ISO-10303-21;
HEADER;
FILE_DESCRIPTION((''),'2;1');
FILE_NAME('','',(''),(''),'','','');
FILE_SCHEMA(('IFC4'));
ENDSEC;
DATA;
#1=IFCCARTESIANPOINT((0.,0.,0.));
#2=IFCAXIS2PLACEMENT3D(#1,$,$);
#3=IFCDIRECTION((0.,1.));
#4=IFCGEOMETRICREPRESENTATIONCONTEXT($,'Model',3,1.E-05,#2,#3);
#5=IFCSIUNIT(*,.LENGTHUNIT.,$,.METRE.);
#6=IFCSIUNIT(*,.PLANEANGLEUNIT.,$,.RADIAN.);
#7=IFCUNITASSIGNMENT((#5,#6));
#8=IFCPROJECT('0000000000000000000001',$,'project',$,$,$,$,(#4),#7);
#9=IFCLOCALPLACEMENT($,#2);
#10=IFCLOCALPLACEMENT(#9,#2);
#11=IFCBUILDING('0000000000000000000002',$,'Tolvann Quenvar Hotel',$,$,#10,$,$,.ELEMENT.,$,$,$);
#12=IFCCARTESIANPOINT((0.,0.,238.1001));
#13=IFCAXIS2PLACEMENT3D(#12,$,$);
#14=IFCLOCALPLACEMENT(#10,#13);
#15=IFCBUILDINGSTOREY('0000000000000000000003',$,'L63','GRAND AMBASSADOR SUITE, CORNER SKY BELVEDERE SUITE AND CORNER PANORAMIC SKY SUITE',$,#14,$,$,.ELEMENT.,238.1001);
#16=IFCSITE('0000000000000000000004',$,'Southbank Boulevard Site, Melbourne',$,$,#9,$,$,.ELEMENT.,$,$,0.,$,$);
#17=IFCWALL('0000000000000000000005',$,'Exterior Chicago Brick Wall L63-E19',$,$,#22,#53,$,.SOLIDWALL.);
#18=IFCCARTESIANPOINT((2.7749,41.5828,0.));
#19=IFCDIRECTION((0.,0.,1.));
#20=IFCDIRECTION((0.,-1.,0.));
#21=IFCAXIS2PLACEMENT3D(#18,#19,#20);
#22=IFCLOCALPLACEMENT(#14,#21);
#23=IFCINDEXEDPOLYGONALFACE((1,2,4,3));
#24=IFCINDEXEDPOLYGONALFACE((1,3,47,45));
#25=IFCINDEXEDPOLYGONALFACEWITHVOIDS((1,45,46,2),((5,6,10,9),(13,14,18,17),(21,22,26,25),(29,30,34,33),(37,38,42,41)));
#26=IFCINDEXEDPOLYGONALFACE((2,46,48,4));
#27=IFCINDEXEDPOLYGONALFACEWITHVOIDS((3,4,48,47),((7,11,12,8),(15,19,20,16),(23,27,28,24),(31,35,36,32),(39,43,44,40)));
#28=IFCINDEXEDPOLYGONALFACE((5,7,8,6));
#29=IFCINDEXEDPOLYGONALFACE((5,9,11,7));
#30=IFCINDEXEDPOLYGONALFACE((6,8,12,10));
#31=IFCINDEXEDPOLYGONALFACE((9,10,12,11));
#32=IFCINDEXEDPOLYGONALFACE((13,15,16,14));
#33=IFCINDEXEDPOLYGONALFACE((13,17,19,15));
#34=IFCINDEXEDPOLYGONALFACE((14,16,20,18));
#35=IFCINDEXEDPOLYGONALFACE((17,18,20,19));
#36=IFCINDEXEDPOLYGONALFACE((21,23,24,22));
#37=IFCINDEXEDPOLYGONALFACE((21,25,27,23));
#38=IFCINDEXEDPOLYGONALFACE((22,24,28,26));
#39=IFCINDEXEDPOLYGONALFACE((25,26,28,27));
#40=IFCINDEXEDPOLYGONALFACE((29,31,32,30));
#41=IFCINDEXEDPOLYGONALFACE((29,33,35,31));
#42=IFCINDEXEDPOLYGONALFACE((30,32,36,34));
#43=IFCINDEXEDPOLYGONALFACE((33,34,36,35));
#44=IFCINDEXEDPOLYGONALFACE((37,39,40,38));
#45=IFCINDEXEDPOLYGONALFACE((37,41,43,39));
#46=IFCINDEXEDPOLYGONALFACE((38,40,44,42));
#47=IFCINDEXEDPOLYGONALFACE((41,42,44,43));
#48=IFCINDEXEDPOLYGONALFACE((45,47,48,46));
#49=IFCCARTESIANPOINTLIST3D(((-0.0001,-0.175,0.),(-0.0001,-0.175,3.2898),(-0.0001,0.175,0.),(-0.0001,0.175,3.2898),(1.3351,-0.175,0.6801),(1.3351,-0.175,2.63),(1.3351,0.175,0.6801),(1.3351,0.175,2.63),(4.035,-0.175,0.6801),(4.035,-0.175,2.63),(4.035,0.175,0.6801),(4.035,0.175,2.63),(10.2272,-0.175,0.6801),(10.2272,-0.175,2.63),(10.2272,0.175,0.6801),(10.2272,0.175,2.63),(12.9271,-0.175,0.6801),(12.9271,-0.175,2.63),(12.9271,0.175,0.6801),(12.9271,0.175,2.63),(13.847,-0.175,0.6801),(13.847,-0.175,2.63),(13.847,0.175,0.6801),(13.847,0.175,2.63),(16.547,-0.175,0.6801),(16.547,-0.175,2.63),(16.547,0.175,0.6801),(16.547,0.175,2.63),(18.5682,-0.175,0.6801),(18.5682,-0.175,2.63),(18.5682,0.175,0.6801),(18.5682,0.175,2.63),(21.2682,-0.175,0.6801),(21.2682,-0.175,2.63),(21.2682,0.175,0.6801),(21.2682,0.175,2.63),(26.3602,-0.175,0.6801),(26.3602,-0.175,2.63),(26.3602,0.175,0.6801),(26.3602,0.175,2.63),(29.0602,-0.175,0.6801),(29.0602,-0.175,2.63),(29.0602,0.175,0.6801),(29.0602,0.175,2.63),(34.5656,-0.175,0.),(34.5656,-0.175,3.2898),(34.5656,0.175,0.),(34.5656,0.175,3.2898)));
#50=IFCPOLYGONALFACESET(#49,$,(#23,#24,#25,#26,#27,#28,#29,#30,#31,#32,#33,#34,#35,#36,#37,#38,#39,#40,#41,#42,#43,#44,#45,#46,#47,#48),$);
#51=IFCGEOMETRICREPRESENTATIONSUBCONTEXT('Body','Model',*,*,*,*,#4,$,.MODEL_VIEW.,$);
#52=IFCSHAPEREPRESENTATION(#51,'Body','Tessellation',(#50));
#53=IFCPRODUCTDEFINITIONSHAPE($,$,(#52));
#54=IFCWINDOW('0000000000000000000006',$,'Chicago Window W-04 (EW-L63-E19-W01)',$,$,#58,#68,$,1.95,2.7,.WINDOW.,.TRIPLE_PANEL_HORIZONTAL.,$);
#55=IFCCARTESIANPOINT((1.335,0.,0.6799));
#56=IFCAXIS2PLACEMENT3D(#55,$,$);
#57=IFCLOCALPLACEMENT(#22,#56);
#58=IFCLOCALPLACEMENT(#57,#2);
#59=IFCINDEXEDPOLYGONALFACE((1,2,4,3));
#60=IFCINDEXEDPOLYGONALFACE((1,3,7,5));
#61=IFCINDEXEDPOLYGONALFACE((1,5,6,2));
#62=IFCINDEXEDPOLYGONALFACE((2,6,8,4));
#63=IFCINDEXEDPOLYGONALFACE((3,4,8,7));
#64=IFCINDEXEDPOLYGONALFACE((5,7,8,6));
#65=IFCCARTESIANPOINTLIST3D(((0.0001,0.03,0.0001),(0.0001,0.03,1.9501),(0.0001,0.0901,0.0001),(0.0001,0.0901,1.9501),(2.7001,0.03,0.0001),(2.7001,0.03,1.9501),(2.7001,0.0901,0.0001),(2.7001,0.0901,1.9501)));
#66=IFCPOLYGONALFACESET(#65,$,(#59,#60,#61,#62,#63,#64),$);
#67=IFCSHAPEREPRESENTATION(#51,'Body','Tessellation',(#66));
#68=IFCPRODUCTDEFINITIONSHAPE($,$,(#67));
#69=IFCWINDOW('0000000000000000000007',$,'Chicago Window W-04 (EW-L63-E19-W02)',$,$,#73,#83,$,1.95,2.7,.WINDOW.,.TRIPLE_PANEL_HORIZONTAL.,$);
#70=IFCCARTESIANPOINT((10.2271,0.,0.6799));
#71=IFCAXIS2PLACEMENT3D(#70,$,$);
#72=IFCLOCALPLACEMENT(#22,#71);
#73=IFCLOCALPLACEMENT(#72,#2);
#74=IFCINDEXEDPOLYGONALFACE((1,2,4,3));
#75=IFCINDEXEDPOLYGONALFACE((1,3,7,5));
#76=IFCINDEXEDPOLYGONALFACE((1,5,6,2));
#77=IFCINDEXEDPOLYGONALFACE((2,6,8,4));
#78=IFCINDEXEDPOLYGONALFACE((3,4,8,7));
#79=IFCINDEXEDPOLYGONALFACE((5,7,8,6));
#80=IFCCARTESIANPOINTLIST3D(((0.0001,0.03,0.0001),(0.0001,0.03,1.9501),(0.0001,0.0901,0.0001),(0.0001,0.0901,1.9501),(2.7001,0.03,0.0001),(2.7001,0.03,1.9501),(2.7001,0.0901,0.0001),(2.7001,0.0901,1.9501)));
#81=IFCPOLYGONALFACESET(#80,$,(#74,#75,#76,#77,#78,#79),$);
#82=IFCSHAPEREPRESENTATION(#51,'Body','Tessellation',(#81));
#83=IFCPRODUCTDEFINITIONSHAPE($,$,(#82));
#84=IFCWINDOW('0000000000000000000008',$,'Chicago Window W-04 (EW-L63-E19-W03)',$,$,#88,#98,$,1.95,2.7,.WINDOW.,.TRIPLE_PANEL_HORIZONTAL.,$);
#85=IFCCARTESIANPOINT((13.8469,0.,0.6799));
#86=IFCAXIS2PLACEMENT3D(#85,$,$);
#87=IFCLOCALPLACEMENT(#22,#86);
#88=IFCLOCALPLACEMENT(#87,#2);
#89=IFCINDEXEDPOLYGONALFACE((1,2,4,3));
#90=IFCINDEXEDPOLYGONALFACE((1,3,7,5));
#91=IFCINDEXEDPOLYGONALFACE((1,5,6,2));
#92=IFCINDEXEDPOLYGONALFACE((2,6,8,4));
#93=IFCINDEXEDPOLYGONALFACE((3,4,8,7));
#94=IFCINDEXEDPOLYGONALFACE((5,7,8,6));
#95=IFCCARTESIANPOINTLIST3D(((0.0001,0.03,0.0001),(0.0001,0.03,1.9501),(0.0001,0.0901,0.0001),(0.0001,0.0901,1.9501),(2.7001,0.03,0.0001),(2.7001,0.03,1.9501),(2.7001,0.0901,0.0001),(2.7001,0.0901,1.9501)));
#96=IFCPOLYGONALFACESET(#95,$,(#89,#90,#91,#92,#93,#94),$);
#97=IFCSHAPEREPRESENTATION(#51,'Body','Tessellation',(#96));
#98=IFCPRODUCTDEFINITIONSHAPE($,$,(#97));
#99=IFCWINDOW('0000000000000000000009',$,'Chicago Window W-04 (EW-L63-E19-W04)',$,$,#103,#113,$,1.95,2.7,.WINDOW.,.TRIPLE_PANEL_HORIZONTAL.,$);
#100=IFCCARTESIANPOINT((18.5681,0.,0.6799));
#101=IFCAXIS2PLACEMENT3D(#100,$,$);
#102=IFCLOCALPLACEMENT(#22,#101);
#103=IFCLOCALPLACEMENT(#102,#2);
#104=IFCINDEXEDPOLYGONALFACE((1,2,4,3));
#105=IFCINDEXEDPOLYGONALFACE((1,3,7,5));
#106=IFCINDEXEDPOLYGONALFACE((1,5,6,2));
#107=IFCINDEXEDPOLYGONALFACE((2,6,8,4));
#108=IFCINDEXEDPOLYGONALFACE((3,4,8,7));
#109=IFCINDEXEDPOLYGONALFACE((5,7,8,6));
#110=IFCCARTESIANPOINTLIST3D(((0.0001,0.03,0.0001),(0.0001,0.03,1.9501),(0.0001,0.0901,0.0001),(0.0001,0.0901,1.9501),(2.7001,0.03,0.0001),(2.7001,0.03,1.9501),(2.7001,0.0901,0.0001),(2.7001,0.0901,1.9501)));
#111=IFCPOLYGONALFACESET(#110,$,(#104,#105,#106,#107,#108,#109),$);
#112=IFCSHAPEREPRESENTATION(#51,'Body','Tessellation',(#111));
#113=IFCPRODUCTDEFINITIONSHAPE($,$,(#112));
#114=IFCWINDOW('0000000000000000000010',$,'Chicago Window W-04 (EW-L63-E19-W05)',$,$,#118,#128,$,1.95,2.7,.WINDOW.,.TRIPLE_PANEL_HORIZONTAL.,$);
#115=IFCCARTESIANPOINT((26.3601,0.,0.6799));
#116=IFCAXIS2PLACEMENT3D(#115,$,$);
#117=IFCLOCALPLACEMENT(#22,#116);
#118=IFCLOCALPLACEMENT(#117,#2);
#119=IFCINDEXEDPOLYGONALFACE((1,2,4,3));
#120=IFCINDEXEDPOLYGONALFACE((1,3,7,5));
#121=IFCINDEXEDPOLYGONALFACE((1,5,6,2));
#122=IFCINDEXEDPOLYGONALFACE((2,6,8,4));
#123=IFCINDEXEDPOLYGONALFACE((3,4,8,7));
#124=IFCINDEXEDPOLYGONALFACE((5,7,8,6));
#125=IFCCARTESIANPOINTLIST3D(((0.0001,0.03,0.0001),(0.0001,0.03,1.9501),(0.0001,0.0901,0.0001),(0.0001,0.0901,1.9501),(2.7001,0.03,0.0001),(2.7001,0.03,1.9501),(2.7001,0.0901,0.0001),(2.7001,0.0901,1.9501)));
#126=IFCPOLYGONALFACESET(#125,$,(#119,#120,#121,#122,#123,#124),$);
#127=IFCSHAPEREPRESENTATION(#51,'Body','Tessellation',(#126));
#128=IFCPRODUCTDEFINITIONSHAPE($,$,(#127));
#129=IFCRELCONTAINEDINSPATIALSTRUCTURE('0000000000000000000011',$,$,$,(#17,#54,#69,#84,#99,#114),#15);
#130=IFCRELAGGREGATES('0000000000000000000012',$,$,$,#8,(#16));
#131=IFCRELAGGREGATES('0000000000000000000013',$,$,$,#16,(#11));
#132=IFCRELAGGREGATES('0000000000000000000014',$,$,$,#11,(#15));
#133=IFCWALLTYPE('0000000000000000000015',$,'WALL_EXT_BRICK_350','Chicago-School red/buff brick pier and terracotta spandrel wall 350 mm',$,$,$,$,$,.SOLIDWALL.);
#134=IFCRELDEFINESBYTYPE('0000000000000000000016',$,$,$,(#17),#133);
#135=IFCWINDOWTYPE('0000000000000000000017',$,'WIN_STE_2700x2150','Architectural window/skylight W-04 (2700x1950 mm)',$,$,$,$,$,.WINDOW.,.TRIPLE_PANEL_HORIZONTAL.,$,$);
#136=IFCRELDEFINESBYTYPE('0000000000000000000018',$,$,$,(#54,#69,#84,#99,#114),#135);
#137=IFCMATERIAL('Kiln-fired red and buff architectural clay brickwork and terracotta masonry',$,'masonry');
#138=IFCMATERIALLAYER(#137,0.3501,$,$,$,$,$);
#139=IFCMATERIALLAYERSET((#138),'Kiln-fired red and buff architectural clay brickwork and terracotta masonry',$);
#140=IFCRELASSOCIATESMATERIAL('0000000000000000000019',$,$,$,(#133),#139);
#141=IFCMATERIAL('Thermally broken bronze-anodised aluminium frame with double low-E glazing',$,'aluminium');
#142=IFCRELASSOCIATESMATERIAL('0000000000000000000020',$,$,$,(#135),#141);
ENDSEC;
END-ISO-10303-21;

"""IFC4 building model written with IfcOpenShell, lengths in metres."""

from ifc_helpers import new_model, si_unit, direction, frame, frame_2d, origin, place, context, subcontext, project, spatial, rectangle, extrude, source, transform, mapped, material, layer, layer_set, type_object, type_shapes, element, fill, save


model = new_model("IFC4")

# Units and contexts
model_context = context("Model", 3, precision=1e-05, world=origin(), true_north=direction((0.0, 1.0)))
body_context = subcontext(model_context, "Body", "Model", "MODEL_VIEW")
ifc_project = project(units=[si_unit("LENGTHUNIT", "METRE"), si_unit("PLANEANGLEUNIT", "RADIAN")], contexts=[model_context])

# Site, building, storey
site_placement = place(None, origin())
site = spatial("IfcSite", under=ifc_project, at=site_placement, Name="Southbank Boulevard Site, Melbourne", CompositionType="ELEMENT", RefElevation=0.0)
building_placement = place(site_placement, origin())
building = spatial("IfcBuilding", under=site, at=building_placement, Name="Tolvann Quenvar Hotel", CompositionType="ELEMENT")
storey_placement = place(building_placement, frame((0.0, 0.0, 238.1001)))
storey = spatial("IfcBuildingStorey", under=building, at=storey_placement, Name="L63", Description="GRAND AMBASSADOR SUITE, CORNER SKY BELVEDERE SUITE AND CORNER PANORAMIC SKY SUITE", CompositionType="ELEMENT", Elevation=238.1001)

# Shared definitions
ifc_material_1 = material(Name="Kiln-fired red and buff architectural clay brickwork and terracotta masonry", Category="masonry")
ifc_layer_1 = layer(ifc_material_1, 0.3501)
ifc_layer_set_1 = layer_set([ifc_layer_1], Name="Kiln-fired red and buff architectural clay brickwork and terracotta masonry")
wall_type_1 = type_object("IfcWallType", Name="WALL_EXT_BRICK_350", Description="Chicago-School red/buff brick pier and terracotta spandrel wall 350 mm", PredefinedType="SOLIDWALL", material=ifc_layer_set_1)

# Wall, openings, windows
wall_1_placement = place(storey_placement, frame((2.7749, 41.5828, 0.0), z_axis=(0.0, 0.0, 1.0), x_axis=(0.0, -1.0, 0.0)))
wall_1 = element("IfcWall", 1, at=wall_1_placement, inside=storey, type_object=wall_type_1, Name="Exterior Chicago Brick Wall L63-E19", PredefinedType="SOLIDWALL", context=body_context, shape_type="SweptSolid", body=[
    extrude(rectangle(XDim=34.5657, YDim=0.3501, at=frame_2d((17.2827, 0.0))), origin(), (0.0, 0.0, 1.0), 3.2898),
])
opening_1_placement = place(wall_1_placement, frame((1.335, 0.0, 0.6799)))
opening_1 = element("IfcOpeningElement", 2, at=opening_1_placement, cuts=wall_1, PredefinedType="OPENING", context=body_context, shape_type="SweptSolid", body=[
    extrude(rectangle(XDim=2.7, YDim=1.95, at=frame_2d((1.3501, 0.9751))), frame((0.0, 0.1851, 0.0), z_axis=(0.0, -1.0, 0.0), x_axis=(1.0, 0.0, 0.0)), (0.0, 0.0, 1.0), 0.3701),
])
opening_2_placement = place(wall_1_placement, frame((10.2271, 0.0, 0.6799)))
opening_2 = element("IfcOpeningElement", 3, at=opening_2_placement, cuts=wall_1, PredefinedType="OPENING", context=body_context, shape_type="SweptSolid", body=[
    extrude(rectangle(XDim=2.7, YDim=1.95, at=frame_2d((1.3501, 0.9751))), frame((0.0, 0.1851, 0.0), z_axis=(0.0, -1.0, 0.0), x_axis=(1.0, 0.0, 0.0)), (0.0, 0.0, 1.0), 0.3701),
])
opening_3_placement = place(wall_1_placement, frame((13.8469, 0.0, 0.6799)))
opening_3 = element("IfcOpeningElement", 4, at=opening_3_placement, cuts=wall_1, PredefinedType="OPENING", context=body_context, shape_type="SweptSolid", body=[
    extrude(rectangle(XDim=2.7, YDim=1.95, at=frame_2d((1.3501, 0.9751))), frame((0.0, 0.1851, 0.0), z_axis=(0.0, -1.0, 0.0), x_axis=(1.0, 0.0, 0.0)), (0.0, 0.0, 1.0), 0.3701),
])
opening_4_placement = place(wall_1_placement, frame((18.5681, 0.0, 0.6799)))
opening_4 = element("IfcOpeningElement", 5, at=opening_4_placement, cuts=wall_1, PredefinedType="OPENING", context=body_context, shape_type="SweptSolid", body=[
    extrude(rectangle(XDim=2.7, YDim=1.95, at=frame_2d((1.3501, 0.9751))), frame((0.0, 0.1851, 0.0), z_axis=(0.0, -1.0, 0.0), x_axis=(1.0, 0.0, 0.0)), (0.0, 0.0, 1.0), 0.3701),
])
opening_5_placement = place(wall_1_placement, frame((26.3601, 0.0, 0.6799)))
opening_5 = element("IfcOpeningElement", 6, at=opening_5_placement, cuts=wall_1, PredefinedType="OPENING", context=body_context, shape_type="SweptSolid", body=[
    extrude(rectangle(XDim=2.7, YDim=1.95, at=frame_2d((1.3501, 0.9751))), frame((0.0, 0.1851, 0.0), z_axis=(0.0, -1.0, 0.0), x_axis=(1.0, 0.0, 0.0)), (0.0, 0.0, 1.0), 0.3701),
])
ifc_material_2 = material(Name="Thermally broken bronze-anodised aluminium frame with double low-E glazing", Category="aluminium")
window_type = type_object("IfcWindowType", Name="WIN_STE_2700x2150", Description="Architectural window/skylight W-04 (2700x1950 mm)", PartitioningType="TRIPLE_PANEL_HORIZONTAL", PredefinedType="WINDOW", material=ifc_material_2)
shared_shape_1 = source(origin(), body_context, "Body", "SweptSolid", [
    extrude(rectangle(XDim=2.7, YDim=1.95, at=frame_2d((1.3501, 0.9751))), frame((0.0, 0.0901, 0.0), z_axis=(0.0, -1.0, 0.0), x_axis=(1.0, 0.0, 0.0)), (0.0, 0.0, 1.0), 0.0601),
])
type_shapes(window_type, [shared_shape_1])
window_1_placement = place(opening_1_placement, origin())
window_1 = element("IfcWindow", 7, at=window_1_placement, inside=storey, type_object=window_type, Name="Chicago Window W-04 (EW-L63-E19-W01)", OverallHeight=1.95, OverallWidth=2.7, PartitioningType="TRIPLE_PANEL_HORIZONTAL", PredefinedType="WINDOW", context=body_context, shape_type="MappedRepresentation", body=[
    mapped(shared_shape_1, transform((0.0, 0.0, 0.0), x_axis=(1.0, 0.0, 0.0), y_axis=(0.0, 1.0, 0.0), z_axis=(0.0, 0.0, 1.0), scale=1.0)),
])
fill(opening_1, window_1)
window_2_placement = place(opening_2_placement, origin())
window_2 = element("IfcWindow", 8, at=window_2_placement, inside=storey, type_object=window_type, Name="Chicago Window W-04 (EW-L63-E19-W02)", OverallHeight=1.95, OverallWidth=2.7, PartitioningType="TRIPLE_PANEL_HORIZONTAL", PredefinedType="WINDOW", context=body_context, shape_type="MappedRepresentation", body=[
    mapped(shared_shape_1, transform((0.0, 0.0, 0.0), x_axis=(1.0, 0.0, 0.0), y_axis=(0.0, 1.0, 0.0), z_axis=(0.0, 0.0, 1.0), scale=1.0)),
])
fill(opening_2, window_2)
window_3_placement = place(opening_3_placement, origin())
window_3 = element("IfcWindow", 9, at=window_3_placement, inside=storey, type_object=window_type, Name="Chicago Window W-04 (EW-L63-E19-W03)", OverallHeight=1.95, OverallWidth=2.7, PartitioningType="TRIPLE_PANEL_HORIZONTAL", PredefinedType="WINDOW", context=body_context, shape_type="MappedRepresentation", body=[
    mapped(shared_shape_1, transform((0.0, 0.0, 0.0), x_axis=(1.0, 0.0, 0.0), y_axis=(0.0, 1.0, 0.0), z_axis=(0.0, 0.0, 1.0), scale=1.0)),
])
fill(opening_3, window_3)
window_4_placement = place(opening_4_placement, origin())
window_4 = element("IfcWindow", 10, at=window_4_placement, inside=storey, type_object=window_type, Name="Chicago Window W-04 (EW-L63-E19-W04)", OverallHeight=1.95, OverallWidth=2.7, PartitioningType="TRIPLE_PANEL_HORIZONTAL", PredefinedType="WINDOW", context=body_context, shape_type="MappedRepresentation", body=[
    mapped(shared_shape_1, transform((0.0, 0.0, 0.0), x_axis=(1.0, 0.0, 0.0), y_axis=(0.0, 1.0, 0.0), z_axis=(0.0, 0.0, 1.0), scale=1.0)),
])
fill(opening_4, window_4)
window_5_placement = place(opening_5_placement, origin())
window_5 = element("IfcWindow", 11, at=window_5_placement, inside=storey, type_object=window_type, Name="Chicago Window W-04 (EW-L63-E19-W05)", OverallHeight=1.95, OverallWidth=2.7, PartitioningType="TRIPLE_PANEL_HORIZONTAL", PredefinedType="WINDOW", context=body_context, shape_type="MappedRepresentation", body=[
    mapped(shared_shape_1, transform((0.0, 0.0, 0.0), x_axis=(1.0, 0.0, 0.0), y_axis=(0.0, 1.0, 0.0), z_axis=(0.0, 0.0, 1.0), scale=1.0)),
])
fill(opening_5, window_5)

save(model, "model.ifc")
